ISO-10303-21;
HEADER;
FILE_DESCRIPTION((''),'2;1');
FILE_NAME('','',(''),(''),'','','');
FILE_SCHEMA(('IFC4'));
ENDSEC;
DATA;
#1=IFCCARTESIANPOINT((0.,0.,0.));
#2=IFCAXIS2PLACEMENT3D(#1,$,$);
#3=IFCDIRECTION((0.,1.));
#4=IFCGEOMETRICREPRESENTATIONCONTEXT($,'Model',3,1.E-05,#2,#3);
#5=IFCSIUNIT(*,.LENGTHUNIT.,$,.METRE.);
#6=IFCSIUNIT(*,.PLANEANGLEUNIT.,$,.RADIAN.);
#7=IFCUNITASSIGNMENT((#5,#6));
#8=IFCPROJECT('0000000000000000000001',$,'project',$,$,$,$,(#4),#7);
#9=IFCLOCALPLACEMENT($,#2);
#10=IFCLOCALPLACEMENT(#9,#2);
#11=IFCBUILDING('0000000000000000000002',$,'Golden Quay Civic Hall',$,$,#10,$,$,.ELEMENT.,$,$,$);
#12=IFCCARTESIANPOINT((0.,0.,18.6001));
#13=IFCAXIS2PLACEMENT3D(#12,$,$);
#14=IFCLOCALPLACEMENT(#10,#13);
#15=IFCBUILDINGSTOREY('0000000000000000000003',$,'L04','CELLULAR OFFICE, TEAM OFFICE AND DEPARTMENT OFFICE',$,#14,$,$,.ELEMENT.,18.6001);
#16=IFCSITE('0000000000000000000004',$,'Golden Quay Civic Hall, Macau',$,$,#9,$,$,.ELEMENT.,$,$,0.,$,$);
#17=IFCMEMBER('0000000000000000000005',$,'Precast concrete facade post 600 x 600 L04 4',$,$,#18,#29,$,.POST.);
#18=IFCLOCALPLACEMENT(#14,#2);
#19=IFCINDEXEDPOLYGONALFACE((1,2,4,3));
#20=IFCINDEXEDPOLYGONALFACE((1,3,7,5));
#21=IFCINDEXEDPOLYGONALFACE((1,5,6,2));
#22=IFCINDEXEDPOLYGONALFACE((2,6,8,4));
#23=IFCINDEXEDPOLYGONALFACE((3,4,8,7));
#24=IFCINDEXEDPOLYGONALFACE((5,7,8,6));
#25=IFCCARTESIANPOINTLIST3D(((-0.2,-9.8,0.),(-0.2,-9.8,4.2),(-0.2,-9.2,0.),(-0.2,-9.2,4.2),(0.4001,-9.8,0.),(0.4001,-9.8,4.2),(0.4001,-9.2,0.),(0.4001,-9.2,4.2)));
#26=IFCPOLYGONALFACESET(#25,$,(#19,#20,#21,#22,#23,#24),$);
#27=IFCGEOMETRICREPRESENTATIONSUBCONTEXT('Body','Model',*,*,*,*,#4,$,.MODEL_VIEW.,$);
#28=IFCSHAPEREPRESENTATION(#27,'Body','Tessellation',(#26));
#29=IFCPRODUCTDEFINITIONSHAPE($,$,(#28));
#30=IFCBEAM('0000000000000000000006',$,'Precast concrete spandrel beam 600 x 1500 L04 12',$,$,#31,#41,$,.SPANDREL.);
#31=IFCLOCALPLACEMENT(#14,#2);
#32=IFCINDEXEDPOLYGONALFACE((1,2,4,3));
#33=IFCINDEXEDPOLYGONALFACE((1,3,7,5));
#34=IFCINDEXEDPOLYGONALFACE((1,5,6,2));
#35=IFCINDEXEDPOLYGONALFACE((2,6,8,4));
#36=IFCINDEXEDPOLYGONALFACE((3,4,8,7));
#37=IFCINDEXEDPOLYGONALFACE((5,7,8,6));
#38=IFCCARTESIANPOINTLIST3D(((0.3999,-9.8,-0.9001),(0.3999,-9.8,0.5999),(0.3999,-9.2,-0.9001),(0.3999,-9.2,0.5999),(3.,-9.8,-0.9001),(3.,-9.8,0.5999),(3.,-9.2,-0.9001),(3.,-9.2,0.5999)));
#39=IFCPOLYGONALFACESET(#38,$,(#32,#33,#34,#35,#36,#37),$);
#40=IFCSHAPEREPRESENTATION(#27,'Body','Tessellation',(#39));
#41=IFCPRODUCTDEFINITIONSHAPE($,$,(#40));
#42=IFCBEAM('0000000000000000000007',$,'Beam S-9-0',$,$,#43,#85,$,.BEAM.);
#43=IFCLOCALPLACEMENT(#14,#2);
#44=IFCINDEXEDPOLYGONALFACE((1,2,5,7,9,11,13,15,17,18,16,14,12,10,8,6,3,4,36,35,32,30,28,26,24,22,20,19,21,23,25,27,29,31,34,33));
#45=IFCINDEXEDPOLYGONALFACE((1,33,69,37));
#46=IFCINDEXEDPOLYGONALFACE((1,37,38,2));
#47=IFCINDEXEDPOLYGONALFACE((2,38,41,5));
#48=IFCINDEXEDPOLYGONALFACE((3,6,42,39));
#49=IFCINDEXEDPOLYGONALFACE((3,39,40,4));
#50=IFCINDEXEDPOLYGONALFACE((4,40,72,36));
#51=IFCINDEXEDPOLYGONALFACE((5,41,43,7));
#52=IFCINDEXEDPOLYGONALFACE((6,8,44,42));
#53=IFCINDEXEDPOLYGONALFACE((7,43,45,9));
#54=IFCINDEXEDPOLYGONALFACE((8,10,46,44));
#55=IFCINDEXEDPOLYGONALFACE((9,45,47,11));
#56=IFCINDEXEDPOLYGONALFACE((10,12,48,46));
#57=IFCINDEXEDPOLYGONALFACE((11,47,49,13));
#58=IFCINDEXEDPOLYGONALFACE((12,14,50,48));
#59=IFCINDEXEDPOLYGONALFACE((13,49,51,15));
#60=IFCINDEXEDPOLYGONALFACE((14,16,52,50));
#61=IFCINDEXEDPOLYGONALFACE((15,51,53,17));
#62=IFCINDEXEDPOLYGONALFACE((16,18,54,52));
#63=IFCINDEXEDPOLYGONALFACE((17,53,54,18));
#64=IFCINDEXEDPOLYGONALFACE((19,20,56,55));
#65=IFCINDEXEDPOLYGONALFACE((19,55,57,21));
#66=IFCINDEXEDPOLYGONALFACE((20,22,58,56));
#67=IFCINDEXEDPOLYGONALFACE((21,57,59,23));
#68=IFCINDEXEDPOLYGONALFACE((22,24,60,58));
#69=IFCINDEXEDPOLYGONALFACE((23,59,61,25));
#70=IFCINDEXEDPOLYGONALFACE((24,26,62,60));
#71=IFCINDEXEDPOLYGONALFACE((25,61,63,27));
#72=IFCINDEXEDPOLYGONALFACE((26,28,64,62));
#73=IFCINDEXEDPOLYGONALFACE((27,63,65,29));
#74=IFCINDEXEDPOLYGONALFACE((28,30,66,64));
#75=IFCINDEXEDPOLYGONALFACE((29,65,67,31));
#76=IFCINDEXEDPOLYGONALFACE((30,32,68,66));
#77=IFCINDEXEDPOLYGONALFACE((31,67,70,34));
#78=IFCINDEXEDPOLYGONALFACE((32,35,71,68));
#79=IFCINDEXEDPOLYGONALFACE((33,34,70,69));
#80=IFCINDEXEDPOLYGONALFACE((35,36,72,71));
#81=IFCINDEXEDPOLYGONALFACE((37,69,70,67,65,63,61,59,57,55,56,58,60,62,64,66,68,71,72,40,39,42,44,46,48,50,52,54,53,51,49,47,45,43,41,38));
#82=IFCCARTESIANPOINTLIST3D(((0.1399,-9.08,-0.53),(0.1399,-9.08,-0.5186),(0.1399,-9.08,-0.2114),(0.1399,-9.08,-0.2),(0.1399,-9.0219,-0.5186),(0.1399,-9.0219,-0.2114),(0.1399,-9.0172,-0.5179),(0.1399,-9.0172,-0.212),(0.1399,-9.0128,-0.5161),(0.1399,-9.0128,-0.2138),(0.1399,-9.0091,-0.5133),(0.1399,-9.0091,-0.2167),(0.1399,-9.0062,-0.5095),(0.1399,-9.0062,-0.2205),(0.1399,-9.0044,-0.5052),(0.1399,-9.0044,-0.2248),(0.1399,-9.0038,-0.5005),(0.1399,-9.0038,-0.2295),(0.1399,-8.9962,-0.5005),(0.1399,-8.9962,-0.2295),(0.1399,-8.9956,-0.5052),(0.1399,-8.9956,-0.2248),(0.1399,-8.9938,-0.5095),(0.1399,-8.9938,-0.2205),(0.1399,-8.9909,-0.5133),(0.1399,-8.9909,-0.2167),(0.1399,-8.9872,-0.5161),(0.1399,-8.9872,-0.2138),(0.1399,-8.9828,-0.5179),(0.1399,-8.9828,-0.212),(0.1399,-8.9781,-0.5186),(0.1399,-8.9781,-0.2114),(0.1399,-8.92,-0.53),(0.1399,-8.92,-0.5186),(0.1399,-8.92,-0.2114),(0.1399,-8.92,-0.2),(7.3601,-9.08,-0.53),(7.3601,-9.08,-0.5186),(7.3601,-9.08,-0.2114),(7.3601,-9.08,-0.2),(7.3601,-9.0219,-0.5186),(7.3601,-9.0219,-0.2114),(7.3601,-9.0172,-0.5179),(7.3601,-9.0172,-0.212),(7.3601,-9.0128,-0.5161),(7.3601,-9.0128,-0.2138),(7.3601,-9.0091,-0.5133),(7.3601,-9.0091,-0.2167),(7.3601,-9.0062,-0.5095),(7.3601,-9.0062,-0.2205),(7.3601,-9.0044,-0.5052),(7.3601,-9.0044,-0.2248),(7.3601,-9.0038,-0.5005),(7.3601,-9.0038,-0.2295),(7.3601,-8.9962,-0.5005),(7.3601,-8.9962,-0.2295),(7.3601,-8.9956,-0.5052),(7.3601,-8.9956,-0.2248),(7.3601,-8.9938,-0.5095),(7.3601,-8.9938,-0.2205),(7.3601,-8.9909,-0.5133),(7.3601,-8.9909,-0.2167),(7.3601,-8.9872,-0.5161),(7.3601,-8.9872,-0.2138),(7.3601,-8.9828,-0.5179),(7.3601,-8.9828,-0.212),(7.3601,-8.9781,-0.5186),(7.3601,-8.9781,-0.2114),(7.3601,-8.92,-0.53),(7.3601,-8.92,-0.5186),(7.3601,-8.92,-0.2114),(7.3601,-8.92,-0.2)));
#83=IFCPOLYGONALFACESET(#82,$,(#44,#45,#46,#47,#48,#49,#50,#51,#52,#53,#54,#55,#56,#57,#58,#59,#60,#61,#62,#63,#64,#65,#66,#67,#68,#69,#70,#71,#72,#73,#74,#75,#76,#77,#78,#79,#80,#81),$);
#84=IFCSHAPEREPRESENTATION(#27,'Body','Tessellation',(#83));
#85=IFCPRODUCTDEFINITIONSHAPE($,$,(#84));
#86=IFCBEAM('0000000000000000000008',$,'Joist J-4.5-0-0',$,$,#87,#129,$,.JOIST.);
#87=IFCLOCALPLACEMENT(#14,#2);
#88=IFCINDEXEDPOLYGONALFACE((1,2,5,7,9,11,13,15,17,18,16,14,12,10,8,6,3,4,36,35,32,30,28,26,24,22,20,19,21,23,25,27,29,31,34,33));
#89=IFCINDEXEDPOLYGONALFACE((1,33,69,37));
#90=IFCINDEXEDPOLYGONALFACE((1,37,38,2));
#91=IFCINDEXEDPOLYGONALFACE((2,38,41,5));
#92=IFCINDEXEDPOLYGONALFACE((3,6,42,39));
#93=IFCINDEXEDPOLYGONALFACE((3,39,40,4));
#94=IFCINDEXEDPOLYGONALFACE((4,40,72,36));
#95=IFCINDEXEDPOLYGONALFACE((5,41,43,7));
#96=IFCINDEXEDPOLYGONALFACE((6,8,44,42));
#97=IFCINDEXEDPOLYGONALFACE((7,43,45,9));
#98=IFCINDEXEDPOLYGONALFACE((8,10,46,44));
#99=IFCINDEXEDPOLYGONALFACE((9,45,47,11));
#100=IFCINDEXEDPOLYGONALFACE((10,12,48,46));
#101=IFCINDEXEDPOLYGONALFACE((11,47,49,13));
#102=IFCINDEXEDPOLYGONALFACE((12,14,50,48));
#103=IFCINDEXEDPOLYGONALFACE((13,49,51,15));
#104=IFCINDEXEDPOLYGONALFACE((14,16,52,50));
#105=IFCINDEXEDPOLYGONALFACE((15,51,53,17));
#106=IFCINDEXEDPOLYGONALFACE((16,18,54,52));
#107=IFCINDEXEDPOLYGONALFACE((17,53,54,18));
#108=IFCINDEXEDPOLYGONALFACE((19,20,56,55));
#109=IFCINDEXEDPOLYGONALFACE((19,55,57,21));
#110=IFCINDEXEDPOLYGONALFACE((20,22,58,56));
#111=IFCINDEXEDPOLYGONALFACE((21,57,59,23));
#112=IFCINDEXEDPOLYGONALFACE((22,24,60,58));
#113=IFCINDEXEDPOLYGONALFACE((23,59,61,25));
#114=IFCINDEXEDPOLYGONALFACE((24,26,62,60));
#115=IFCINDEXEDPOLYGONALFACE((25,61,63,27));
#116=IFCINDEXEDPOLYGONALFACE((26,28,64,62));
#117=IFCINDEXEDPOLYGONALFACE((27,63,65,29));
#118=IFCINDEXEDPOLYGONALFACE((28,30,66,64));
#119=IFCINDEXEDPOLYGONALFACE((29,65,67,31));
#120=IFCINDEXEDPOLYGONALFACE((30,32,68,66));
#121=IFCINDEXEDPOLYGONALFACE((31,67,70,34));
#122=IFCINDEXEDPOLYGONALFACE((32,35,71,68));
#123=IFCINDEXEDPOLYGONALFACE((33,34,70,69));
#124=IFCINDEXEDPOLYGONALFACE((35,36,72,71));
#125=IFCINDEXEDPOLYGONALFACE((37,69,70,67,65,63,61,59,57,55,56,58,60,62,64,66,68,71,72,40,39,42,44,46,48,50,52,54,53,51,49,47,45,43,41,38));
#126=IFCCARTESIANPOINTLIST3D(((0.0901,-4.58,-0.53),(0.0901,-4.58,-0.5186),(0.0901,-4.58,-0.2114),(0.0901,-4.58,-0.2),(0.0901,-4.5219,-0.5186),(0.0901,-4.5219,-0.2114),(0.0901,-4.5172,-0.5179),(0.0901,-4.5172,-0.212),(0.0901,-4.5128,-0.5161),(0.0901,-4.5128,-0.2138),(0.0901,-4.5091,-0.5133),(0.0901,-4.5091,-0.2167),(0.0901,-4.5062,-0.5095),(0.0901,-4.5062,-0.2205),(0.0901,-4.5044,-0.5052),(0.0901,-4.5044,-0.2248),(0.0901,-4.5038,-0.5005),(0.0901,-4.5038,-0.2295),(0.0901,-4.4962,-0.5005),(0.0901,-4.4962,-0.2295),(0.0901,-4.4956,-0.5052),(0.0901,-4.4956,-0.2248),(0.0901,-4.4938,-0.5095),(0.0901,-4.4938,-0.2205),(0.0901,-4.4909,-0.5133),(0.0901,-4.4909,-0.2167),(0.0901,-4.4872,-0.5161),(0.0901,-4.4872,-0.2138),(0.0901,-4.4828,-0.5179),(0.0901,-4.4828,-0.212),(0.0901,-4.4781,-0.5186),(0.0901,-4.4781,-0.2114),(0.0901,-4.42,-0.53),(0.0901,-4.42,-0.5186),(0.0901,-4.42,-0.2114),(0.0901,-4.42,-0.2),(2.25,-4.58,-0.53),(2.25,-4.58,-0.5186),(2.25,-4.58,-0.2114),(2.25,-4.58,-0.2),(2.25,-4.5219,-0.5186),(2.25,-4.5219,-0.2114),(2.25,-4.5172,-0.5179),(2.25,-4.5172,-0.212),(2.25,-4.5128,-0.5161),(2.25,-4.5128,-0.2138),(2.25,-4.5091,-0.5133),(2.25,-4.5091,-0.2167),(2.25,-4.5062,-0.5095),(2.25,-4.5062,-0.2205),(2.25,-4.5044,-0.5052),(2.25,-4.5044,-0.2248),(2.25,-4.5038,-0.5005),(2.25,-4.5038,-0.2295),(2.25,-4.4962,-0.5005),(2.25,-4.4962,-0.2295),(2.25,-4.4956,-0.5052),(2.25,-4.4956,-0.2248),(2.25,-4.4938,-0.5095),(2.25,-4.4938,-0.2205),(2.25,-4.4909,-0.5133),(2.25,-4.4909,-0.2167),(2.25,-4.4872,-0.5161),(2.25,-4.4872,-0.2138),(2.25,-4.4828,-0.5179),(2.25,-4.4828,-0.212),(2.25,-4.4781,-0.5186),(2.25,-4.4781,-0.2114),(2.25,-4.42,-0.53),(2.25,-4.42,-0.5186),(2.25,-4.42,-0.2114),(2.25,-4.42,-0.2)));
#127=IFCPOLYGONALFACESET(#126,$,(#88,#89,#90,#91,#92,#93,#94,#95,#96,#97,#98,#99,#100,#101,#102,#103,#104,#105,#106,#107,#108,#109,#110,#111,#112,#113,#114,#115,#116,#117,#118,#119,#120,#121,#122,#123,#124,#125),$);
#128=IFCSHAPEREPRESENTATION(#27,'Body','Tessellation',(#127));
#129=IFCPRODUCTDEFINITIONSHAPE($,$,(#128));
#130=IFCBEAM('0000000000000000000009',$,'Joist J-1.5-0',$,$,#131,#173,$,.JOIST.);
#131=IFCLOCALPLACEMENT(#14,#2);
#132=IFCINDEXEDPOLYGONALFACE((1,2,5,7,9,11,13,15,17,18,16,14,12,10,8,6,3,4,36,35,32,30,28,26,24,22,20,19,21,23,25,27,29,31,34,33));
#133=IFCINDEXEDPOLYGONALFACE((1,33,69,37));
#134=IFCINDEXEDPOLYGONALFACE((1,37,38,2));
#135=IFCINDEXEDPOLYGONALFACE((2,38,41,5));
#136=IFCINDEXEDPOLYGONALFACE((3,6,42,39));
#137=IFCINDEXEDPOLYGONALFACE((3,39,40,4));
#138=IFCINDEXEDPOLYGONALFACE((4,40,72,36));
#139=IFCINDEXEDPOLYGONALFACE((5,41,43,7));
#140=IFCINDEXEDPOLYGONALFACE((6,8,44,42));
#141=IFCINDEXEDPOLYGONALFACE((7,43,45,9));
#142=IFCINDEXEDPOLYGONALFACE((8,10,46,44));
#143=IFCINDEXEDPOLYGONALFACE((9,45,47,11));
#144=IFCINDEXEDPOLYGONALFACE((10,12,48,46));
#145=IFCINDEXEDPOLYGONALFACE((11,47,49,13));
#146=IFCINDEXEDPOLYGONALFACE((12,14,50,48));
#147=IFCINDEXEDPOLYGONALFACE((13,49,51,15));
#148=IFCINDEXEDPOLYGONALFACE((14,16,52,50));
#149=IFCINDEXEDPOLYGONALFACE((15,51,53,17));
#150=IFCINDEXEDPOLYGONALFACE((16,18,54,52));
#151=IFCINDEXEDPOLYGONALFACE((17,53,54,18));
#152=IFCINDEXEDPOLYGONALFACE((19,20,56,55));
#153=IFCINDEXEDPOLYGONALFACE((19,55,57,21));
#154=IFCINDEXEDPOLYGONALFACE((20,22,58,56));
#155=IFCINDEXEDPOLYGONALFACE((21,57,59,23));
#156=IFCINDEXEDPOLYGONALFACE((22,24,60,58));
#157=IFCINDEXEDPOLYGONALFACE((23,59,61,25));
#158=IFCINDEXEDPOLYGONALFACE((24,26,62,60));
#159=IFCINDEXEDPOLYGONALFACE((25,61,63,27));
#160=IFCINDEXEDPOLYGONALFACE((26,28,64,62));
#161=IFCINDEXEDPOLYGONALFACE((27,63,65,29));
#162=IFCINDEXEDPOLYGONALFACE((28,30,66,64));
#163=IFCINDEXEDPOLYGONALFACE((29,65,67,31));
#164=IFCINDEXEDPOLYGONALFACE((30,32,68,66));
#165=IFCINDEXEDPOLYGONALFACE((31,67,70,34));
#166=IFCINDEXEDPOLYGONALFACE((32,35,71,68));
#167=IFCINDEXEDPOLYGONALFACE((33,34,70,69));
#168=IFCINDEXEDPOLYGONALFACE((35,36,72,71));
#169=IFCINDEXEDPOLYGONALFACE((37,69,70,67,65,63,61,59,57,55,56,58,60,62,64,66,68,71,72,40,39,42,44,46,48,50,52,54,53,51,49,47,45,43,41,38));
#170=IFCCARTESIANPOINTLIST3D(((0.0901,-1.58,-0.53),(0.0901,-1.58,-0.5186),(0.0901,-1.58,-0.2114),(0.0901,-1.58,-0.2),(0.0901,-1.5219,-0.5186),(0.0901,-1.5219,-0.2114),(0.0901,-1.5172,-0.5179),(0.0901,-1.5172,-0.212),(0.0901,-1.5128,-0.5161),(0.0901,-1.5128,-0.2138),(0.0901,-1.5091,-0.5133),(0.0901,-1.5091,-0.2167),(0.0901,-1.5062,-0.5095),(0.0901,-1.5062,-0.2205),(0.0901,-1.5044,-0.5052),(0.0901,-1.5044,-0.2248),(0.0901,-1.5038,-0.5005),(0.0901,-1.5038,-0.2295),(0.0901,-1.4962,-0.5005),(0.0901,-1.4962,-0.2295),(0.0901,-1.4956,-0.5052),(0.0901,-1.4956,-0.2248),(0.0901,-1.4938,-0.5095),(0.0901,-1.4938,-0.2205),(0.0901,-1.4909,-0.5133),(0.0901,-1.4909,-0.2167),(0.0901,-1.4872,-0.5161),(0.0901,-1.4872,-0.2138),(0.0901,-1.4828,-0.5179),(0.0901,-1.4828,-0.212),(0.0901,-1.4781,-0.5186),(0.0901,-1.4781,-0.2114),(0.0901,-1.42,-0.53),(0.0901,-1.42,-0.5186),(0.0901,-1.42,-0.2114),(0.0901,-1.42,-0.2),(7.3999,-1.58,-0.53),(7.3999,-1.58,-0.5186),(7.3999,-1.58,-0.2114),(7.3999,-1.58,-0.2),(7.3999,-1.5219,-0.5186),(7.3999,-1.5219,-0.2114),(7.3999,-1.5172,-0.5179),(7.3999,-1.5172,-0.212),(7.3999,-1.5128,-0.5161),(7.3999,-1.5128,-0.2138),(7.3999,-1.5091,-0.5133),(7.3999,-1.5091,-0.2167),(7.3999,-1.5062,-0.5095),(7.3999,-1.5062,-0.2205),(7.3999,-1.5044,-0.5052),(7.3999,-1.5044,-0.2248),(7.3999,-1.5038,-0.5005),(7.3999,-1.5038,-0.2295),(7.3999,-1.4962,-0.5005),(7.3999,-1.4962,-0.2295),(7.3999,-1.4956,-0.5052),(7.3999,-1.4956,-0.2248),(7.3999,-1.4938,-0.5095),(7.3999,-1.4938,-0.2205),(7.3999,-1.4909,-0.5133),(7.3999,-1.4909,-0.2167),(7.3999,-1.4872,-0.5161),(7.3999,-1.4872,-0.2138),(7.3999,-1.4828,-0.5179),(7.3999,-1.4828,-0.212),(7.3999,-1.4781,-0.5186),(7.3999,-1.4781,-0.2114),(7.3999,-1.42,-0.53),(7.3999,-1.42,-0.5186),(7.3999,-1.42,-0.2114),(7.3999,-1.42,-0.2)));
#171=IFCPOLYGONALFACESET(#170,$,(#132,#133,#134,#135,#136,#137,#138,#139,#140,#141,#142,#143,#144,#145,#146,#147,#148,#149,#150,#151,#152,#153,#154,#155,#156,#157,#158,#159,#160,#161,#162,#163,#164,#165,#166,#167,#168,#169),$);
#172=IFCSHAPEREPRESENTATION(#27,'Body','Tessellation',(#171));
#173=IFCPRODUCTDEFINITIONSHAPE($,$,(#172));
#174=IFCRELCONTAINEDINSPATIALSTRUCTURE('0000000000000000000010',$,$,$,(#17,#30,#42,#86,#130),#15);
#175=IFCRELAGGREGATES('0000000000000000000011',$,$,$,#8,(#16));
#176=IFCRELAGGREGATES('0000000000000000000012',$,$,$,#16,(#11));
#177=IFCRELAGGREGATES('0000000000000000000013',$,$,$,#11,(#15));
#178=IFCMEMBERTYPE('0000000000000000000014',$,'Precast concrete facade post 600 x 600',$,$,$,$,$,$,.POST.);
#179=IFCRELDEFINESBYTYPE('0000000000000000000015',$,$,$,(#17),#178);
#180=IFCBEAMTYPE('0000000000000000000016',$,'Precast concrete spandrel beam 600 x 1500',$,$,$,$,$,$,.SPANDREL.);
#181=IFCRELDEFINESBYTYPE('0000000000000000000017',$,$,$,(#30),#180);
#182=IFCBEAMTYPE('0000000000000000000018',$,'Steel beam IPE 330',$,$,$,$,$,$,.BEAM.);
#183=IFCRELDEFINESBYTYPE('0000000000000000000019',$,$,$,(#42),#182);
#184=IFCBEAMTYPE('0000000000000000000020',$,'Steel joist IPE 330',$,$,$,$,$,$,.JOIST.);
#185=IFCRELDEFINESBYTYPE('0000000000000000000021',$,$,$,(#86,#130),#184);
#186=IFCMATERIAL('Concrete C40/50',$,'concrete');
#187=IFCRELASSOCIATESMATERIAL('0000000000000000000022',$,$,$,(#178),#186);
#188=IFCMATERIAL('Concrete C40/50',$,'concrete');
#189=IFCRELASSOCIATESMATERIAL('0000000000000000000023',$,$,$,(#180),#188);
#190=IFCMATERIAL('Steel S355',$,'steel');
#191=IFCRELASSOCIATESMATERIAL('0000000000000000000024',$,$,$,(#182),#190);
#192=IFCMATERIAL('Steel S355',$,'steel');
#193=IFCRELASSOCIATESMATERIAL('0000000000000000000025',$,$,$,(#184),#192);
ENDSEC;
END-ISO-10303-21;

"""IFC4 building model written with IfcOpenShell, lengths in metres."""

from ifc_helpers import new_model, si_unit, direction, frame, origin, origin_2d, place, context, subcontext, project, spatial, rectangle, i_section, extrude, material, material_profile, profile_set, type_object, element, save


model = new_model("IFC4")

# Units and contexts
model_context = context("Model", 3, precision=1e-05, world=origin(), true_north=direction((0.0, 1.0)))
body_context = subcontext(model_context, "Body", "Model", "MODEL_VIEW")
ifc_project = project(units=[si_unit("LENGTHUNIT", "METRE"), si_unit("PLANEANGLEUNIT", "RADIAN")], contexts=[model_context])

# Site, building, storey
site_placement = place(None, origin())
site = spatial("IfcSite", under=ifc_project, at=site_placement, Name="Golden Quay Civic Hall, Macau", CompositionType="ELEMENT", RefElevation=0.0)
building_placement = place(site_placement, origin())
building = spatial("IfcBuilding", under=site, at=building_placement, Name="Golden Quay Civic Hall", CompositionType="ELEMENT")
storey_placement = place(building_placement, frame((0.0, 0.0, 18.6001)))
storey = spatial("IfcBuildingStorey", under=building, at=storey_placement, Name="L04", Description="CELLULAR OFFICE, TEAM OFFICE AND DEPARTMENT OFFICE", CompositionType="ELEMENT", Elevation=18.6001)

# Member
ifc_material_1 = material(Name="Concrete C40/50", Category="concrete")
ifc_material_profile_1 = material_profile(ifc_material_1, rectangle(XDim=0.6001, YDim=0.6001, at=origin_2d()), Name="RC 600x600")
ifc_profile_set_1 = profile_set([ifc_material_profile_1], Name="Concrete C40/50")
member_type = type_object("IfcMemberType", Name="Precast concrete facade post 600 x 600", PredefinedType="POST", material=ifc_profile_set_1)
member_placement = place(storey_placement, frame((0.1001, -9.5, 0.0), z_axis=(0.0, 0.0, 1.0), x_axis=(1.0, 0.0, 0.0)))
element("IfcMember", 1, at=member_placement, inside=storey, type_object=member_type, Name="Precast concrete facade post 600 x 600 L04 4", PredefinedType="POST", context=body_context, shape_type="SweptSolid", body=[
    extrude(rectangle(XDim=0.6001, YDim=0.6001, at=origin_2d()), origin(), (0.0, 0.0, 1.0), 4.2),
])

# Beams
ifc_material_2 = material(Name="Concrete C40/50", Category="concrete")
ifc_material_profile_2 = material_profile(ifc_material_2, rectangle(XDim=0.6001, YDim=1.5, at=origin_2d()), Name="RC 600x1500")
ifc_profile_set_2 = profile_set([ifc_material_profile_2], Name="Concrete C40/50")
beam_type_1 = type_object("IfcBeamType", Name="Precast concrete spandrel beam 600 x 1500", PredefinedType="SPANDREL", material=ifc_profile_set_2)
beam_1_placement = place(storey_placement, frame((0.3999, -9.5, -0.1501), z_axis=(1.0, 0.0, 0.0), x_axis=(0.0, 1.0, 0.0)))
element("IfcBeam", 2, at=beam_1_placement, inside=storey, type_object=beam_type_1, Name="Precast concrete spandrel beam 600 x 1500 L04 12", PredefinedType="SPANDREL", context=body_context, shape_type="SweptSolid", body=[
    extrude(rectangle(XDim=0.6001, YDim=1.5, at=origin_2d()), origin(), (0.0, 0.0, 1.0), 2.6001),
])
ifc_material_3 = material(Name="Steel S355", Category="steel")
ifc_material_profile_3 = material_profile(ifc_material_3, i_section(OverallWidth=0.1599, OverallDepth=0.3301, WebThickness=0.0076, FlangeThickness=0.0115, FilletRadius=0.0181, at=origin_2d()), Name="IPE 330")
ifc_profile_set_3 = profile_set([ifc_material_profile_3], Name="Steel S355")
beam_type_2 = type_object("IfcBeamType", Name="Steel beam IPE 330", PredefinedType="BEAM", material=ifc_profile_set_3)
beam_2_placement = place(storey_placement, frame((0.1399, -9.0, -0.365), z_axis=(1.0, 0.0, 0.0), x_axis=(0.0, 1.0, 0.0)))
element("IfcBeam", 3, at=beam_2_placement, inside=storey, type_object=beam_type_2, Name="Beam S-9-0", PredefinedType="BEAM", context=body_context, shape_type="SweptSolid", body=[
    extrude(i_section(OverallWidth=0.1599, OverallDepth=0.3301, WebThickness=0.0076, FlangeThickness=0.0115, FilletRadius=0.0181, at=origin_2d()), origin(), (0.0, 0.0, 1.0), 7.2202),
])
ifc_material_4 = material(Name="Steel S355", Category="steel")
ifc_material_profile_4 = material_profile(ifc_material_4, i_section(OverallWidth=0.1599, OverallDepth=0.3301, WebThickness=0.0076, FlangeThickness=0.0115, FilletRadius=0.0181, at=origin_2d()), Name="IPE 330")
ifc_profile_set_4 = profile_set([ifc_material_profile_4], Name="Steel S355")
beam_type_3 = type_object("IfcBeamType", Name="Steel joist IPE 330", PredefinedType="JOIST", material=ifc_profile_set_4)
beam_3_placement = place(storey_placement, frame((0.0901, -4.5, -0.365), z_axis=(1.0, 0.0, 0.0), x_axis=(0.0, 1.0, 0.0)))
element("IfcBeam", 4, at=beam_3_placement, inside=storey, type_object=beam_type_3, Name="Joist J-4.5-0-0", PredefinedType="JOIST", context=body_context, shape_type="SweptSolid", body=[
    extrude(i_section(OverallWidth=0.1599, OverallDepth=0.3301, WebThickness=0.0076, FlangeThickness=0.0115, FilletRadius=0.0181, at=origin_2d()), origin(), (0.0, 0.0, 1.0), 2.1599),
])
beam_4_placement = place(storey_placement, frame((0.0901, -1.5, -0.365), z_axis=(1.0, 0.0, 0.0), x_axis=(0.0, 1.0, 0.0)))
element("IfcBeam", 5, at=beam_4_placement, inside=storey, type_object=beam_type_3, Name="Joist J-1.5-0", PredefinedType="JOIST", context=body_context, shape_type="SweptSolid", body=[
    extrude(i_section(OverallWidth=0.1599, OverallDepth=0.3301, WebThickness=0.0076, FlangeThickness=0.0115, FilletRadius=0.0181, at=origin_2d()), origin(), (0.0, 0.0, 1.0), 7.3098),
])

save(model, "model.ifc")
